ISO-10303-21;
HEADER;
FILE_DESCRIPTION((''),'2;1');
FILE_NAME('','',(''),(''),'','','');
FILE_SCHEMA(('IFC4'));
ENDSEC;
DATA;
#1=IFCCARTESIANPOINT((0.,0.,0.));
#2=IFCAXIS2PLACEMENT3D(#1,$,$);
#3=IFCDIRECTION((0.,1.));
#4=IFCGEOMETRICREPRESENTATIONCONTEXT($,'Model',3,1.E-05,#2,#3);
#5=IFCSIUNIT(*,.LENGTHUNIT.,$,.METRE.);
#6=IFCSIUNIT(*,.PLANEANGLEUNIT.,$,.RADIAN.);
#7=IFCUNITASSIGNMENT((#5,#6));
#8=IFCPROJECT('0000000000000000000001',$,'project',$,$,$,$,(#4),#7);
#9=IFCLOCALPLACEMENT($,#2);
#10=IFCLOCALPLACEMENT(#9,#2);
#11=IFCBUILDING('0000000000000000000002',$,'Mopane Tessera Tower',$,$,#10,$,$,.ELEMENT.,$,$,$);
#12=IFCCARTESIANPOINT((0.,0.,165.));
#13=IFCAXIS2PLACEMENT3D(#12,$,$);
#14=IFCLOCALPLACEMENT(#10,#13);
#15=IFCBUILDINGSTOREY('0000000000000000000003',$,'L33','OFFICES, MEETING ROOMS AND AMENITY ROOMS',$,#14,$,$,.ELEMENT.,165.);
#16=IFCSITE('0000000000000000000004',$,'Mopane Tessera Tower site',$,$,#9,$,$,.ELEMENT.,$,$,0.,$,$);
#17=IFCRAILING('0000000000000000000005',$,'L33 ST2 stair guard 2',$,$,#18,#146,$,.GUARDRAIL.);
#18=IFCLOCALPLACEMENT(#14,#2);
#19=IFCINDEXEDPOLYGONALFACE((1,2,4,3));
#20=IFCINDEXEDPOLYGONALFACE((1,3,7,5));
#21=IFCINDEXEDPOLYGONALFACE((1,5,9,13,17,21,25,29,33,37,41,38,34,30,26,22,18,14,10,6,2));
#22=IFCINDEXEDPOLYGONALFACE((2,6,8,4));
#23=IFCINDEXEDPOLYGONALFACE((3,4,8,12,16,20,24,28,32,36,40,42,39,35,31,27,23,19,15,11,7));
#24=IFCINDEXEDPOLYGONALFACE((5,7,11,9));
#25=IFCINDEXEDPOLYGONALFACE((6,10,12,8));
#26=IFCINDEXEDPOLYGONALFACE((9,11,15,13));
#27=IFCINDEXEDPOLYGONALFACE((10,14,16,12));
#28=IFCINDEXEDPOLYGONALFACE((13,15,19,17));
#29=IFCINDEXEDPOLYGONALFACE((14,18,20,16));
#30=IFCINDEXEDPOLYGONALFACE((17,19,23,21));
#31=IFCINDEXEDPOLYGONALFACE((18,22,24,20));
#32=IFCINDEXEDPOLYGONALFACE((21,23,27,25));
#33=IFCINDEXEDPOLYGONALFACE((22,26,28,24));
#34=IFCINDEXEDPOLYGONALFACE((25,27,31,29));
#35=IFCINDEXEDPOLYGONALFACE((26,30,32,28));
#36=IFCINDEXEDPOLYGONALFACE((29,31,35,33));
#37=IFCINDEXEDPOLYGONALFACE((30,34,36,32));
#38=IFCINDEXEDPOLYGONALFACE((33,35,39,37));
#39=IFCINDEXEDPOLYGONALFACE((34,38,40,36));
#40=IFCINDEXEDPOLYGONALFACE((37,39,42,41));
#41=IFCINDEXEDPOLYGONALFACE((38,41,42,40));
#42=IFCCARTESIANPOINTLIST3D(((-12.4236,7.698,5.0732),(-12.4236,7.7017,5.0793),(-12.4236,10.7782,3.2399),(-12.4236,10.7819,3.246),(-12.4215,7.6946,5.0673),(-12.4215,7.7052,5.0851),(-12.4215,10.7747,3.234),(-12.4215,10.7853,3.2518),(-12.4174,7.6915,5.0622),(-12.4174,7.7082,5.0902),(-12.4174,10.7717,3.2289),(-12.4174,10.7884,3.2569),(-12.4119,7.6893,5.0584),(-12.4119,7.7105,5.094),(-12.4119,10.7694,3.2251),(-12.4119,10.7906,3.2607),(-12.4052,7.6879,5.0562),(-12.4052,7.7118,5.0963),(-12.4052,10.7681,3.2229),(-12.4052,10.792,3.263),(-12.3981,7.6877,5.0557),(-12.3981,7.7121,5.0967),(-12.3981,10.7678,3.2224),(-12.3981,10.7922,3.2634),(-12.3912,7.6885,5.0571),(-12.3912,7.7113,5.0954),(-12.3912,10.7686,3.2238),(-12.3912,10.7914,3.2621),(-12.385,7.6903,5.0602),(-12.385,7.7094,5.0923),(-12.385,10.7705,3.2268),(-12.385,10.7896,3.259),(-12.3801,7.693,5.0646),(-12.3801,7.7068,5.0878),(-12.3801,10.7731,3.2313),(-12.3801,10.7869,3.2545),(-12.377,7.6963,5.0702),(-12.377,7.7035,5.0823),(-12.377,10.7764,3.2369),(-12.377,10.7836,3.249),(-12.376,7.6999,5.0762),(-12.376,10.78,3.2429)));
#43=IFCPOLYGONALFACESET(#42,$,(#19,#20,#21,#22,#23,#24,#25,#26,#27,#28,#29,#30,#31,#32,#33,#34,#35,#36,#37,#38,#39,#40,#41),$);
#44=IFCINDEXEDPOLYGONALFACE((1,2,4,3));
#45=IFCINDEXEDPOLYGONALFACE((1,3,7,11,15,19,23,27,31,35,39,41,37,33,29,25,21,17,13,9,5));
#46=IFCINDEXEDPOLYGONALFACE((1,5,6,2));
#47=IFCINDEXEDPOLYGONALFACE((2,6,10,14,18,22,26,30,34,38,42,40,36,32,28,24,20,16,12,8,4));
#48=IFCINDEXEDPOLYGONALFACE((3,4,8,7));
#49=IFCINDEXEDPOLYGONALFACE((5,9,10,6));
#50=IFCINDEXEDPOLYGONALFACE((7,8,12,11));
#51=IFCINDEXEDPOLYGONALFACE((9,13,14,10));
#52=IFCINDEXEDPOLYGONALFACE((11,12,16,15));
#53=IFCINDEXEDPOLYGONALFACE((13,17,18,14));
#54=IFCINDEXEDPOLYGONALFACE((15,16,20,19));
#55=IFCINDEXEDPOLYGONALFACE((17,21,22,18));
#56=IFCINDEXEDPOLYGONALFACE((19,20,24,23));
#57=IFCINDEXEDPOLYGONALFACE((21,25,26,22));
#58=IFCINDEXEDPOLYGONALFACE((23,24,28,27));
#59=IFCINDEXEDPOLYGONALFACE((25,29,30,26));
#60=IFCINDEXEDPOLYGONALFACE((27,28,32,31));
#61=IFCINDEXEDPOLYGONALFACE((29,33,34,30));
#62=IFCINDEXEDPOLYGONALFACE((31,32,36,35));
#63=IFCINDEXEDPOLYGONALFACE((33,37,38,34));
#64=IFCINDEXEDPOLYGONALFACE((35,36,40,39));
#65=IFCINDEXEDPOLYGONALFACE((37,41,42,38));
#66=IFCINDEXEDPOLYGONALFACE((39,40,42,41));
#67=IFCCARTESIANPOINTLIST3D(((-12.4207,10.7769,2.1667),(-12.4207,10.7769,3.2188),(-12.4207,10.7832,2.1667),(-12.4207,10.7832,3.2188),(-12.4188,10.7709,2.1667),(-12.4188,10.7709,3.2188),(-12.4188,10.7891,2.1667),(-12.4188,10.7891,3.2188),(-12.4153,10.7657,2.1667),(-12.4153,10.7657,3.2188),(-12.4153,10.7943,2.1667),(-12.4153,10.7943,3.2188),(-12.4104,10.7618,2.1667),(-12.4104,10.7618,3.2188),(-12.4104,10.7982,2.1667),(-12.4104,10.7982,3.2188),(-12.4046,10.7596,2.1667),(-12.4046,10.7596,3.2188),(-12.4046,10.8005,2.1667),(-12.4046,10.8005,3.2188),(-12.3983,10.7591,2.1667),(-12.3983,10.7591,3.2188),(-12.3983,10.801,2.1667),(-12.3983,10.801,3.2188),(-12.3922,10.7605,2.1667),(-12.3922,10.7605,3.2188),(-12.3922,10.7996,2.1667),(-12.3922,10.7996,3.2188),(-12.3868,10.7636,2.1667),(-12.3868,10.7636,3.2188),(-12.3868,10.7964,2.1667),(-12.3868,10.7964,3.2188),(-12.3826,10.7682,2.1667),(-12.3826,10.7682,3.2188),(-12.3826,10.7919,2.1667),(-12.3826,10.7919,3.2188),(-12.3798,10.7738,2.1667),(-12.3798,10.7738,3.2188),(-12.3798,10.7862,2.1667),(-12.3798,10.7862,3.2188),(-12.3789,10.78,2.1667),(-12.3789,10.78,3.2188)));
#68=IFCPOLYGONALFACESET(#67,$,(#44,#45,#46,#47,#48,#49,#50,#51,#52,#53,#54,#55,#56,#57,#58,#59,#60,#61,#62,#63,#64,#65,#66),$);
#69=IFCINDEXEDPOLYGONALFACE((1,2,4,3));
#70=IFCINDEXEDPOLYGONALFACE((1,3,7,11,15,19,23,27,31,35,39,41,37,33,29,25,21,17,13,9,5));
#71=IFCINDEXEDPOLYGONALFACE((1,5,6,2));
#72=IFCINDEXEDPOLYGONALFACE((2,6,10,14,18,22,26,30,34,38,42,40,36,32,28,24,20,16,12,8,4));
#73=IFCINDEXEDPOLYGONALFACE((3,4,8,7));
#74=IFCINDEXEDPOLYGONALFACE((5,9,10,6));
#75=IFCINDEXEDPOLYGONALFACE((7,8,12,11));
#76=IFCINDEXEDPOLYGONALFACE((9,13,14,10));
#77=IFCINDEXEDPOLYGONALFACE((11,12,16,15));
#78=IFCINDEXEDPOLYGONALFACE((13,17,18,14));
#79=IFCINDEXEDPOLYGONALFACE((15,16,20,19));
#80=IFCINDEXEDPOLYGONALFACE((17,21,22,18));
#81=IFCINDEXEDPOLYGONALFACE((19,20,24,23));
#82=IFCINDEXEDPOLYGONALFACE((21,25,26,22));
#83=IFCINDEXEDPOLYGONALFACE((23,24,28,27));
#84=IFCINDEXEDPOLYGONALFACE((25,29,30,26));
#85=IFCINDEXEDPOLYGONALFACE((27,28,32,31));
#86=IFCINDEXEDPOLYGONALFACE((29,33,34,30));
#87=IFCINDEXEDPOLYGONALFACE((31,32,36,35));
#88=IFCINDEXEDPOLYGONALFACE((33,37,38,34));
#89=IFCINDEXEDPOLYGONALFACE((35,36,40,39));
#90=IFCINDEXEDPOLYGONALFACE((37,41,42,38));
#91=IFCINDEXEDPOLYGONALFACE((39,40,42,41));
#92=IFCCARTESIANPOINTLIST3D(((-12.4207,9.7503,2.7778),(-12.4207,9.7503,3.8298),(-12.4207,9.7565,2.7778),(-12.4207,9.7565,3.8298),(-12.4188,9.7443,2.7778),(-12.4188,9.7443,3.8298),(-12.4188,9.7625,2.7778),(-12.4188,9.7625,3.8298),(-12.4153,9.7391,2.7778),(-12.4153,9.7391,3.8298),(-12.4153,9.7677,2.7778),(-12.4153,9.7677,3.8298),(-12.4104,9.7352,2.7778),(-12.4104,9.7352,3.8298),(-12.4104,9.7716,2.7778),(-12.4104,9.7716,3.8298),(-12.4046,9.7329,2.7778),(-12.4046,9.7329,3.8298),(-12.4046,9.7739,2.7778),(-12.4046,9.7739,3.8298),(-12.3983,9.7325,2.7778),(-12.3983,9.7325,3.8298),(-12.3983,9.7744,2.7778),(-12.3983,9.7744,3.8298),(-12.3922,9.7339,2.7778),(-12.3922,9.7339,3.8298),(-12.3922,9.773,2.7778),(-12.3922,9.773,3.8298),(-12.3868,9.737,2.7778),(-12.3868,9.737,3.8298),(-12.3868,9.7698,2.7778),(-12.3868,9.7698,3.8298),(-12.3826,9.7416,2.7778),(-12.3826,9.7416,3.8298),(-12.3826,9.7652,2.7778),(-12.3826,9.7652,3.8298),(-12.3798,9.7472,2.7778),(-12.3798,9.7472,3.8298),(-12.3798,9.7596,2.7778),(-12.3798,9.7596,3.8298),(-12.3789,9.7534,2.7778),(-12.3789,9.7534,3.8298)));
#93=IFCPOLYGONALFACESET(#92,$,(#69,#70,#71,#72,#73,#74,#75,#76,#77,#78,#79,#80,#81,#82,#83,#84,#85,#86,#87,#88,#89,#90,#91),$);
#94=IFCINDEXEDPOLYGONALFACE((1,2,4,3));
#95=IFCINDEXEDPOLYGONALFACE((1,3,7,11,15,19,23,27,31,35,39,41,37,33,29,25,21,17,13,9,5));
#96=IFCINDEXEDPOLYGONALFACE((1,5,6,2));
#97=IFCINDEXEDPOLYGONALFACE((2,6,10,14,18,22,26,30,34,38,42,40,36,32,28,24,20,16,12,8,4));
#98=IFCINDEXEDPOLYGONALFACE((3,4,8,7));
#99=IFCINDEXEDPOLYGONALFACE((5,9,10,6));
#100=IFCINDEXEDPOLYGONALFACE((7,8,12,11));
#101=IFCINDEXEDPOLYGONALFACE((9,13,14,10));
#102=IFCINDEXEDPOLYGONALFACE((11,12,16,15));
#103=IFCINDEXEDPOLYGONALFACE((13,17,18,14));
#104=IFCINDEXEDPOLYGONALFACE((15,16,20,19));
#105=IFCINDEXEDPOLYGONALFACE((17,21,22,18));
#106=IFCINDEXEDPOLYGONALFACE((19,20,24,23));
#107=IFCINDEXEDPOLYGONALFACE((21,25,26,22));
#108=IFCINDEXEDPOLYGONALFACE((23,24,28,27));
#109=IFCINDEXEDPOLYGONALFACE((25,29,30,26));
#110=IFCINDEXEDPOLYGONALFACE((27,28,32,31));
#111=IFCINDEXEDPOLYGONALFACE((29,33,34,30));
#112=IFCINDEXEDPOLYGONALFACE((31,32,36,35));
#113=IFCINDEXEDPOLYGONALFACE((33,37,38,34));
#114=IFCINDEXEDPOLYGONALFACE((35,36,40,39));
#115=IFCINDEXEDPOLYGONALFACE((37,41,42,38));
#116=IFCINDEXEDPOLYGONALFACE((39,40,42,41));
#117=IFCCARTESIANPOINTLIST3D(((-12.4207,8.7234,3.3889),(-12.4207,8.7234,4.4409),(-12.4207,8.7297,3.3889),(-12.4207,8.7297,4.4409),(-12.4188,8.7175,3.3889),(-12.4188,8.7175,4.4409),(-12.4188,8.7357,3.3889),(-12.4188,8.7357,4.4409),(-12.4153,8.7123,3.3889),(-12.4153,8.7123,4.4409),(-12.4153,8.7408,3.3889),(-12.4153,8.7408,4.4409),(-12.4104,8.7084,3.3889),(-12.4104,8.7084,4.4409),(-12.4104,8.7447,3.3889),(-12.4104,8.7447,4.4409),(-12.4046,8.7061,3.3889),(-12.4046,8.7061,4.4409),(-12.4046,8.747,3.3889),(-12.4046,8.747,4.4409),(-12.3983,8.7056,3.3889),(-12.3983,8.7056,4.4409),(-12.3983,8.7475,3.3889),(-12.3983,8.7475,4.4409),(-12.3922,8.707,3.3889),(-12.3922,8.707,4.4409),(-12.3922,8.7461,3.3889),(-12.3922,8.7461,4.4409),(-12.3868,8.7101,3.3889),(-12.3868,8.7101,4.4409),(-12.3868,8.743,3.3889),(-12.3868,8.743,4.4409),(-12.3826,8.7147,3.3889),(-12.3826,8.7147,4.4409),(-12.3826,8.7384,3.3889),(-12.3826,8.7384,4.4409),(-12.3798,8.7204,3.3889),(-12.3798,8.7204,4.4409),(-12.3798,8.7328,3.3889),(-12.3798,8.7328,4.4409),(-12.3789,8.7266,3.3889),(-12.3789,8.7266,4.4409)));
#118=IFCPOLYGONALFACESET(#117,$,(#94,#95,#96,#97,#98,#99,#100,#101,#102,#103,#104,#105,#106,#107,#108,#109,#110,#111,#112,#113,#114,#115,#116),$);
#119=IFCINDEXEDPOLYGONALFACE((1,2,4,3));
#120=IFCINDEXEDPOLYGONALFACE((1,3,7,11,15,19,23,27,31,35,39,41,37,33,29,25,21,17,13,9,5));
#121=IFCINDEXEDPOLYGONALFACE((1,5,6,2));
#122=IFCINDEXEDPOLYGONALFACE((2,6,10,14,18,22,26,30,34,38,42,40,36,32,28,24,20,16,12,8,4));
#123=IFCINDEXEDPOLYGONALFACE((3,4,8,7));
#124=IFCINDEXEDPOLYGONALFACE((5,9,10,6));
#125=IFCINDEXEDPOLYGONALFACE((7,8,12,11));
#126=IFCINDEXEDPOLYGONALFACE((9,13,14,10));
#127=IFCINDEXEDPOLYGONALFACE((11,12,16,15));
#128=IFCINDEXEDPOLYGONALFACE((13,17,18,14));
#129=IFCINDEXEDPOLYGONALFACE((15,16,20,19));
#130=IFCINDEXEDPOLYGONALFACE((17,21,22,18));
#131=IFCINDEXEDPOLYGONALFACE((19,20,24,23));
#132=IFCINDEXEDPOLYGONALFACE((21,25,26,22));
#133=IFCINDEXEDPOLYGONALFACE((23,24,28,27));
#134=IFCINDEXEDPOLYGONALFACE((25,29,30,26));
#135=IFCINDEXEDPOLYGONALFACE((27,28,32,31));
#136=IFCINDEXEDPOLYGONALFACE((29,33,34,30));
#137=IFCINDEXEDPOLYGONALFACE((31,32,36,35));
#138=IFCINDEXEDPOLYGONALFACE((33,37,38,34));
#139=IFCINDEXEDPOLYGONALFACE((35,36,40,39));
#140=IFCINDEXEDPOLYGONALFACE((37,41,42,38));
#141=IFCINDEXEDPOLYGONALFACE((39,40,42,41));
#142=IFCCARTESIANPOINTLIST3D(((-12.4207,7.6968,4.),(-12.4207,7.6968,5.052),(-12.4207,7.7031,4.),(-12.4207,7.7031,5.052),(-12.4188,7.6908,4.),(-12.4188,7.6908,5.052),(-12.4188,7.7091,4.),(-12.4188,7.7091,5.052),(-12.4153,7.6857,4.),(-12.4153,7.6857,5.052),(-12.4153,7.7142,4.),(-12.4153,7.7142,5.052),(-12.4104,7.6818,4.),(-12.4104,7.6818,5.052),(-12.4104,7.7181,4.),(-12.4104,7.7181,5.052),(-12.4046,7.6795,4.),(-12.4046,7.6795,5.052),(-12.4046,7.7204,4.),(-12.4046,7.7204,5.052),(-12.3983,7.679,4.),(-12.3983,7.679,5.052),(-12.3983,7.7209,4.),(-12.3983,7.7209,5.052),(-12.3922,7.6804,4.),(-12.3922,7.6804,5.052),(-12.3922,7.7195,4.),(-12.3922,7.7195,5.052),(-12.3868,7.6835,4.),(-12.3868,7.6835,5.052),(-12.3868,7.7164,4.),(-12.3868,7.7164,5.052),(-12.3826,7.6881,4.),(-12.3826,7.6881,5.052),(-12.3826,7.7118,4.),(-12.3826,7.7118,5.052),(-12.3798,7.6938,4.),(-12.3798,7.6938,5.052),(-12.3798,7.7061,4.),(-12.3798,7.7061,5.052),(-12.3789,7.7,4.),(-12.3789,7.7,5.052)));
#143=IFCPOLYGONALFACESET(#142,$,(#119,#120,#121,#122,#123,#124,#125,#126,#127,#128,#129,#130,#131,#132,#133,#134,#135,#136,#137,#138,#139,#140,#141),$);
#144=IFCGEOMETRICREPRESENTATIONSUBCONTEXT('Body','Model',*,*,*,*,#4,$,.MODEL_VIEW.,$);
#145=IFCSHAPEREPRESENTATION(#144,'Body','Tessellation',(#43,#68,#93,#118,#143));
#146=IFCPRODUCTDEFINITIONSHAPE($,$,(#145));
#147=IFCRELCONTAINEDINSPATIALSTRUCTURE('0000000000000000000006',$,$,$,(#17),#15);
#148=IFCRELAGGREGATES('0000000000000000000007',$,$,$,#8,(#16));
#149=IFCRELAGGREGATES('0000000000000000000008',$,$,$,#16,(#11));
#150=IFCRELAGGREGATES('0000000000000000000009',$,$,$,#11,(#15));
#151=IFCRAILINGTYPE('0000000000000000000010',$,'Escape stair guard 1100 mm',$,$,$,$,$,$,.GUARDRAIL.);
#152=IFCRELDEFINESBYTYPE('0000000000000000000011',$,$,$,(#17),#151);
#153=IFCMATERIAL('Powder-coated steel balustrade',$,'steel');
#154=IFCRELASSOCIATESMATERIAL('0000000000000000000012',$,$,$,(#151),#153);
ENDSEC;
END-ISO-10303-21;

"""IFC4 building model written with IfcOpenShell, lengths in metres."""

from ifc_helpers import new_model, si_unit, direction, frame, origin, origin_2d, place, context, subcontext, project, spatial, circle, extrude, material, type_object, element, save


model = new_model("IFC4")

# Units and contexts
model_context = context("Model", 3, precision=1e-05, world=origin(), true_north=direction((0.0, 1.0)))
body_context = subcontext(model_context, "Body", "Model", "MODEL_VIEW")
ifc_project = project(units=[si_unit("LENGTHUNIT", "METRE"), si_unit("PLANEANGLEUNIT", "RADIAN")], contexts=[model_context])

# Site, building, storey
site_placement = place(None, origin())
site = spatial("IfcSite", under=ifc_project, at=site_placement, Name="Mopane Tessera Tower site", CompositionType="ELEMENT", RefElevation=0.0)
building_placement = place(site_placement, origin())
building = spatial("IfcBuilding", under=site, at=building_placement, Name="Mopane Tessera Tower", CompositionType="ELEMENT")
storey_placement = place(building_placement, frame((0.0, 0.0, 165.0)))
storey = spatial("IfcBuildingStorey", under=building, at=storey_placement, Name="L33", Description="OFFICES, MEETING ROOMS AND AMENITY ROOMS", CompositionType="ELEMENT", Elevation=165.0)

# Railing
ifc_material_1 = material(Name="Powder-coated steel balustrade", Category="steel")
railing_type_1 = type_object("IfcRailingType", Name="Escape stair guard 1100 mm", PredefinedType="GUARDRAIL", material=ifc_material_1)
railing_1_placement = place(storey_placement, frame((-12.3999, 10.78, 2.1667)))
element("IfcRailing", 1, at=railing_1_placement, inside=storey, type_object=railing_type_1, Name="L33 ST2 stair guard 2", PredefinedType="GUARDRAIL", context=body_context, shape_type="SweptSolid", body=[
    extrude(circle(Radius=0.0239, at=origin_2d()), frame((0.0, 0.0, 1.0762), z_axis=(0.0, -0.859309, 0.511458), x_axis=(1.0, 0.0, 0.0)), (0.0, 0.0, 1.0), 3.5845),
    extrude(circle(Radius=0.021, at=origin_2d()), origin(), (0.0, 0.0, 1.0), 1.052),
    extrude(circle(Radius=0.021, at=origin_2d()), frame((0.0, -1.0266, 0.6111)), (0.0, 0.0, 1.0), 1.052),
    extrude(circle(Radius=0.021, at=origin_2d()), frame((0.0, -2.0535, 1.2222)), (0.0, 0.0, 1.0), 1.052),
    extrude(circle(Radius=0.021, at=origin_2d()), frame((0.0, -3.0801, 1.8333)), (0.0, 0.0, 1.0), 1.052),
])

save(model, "model.ifc")
